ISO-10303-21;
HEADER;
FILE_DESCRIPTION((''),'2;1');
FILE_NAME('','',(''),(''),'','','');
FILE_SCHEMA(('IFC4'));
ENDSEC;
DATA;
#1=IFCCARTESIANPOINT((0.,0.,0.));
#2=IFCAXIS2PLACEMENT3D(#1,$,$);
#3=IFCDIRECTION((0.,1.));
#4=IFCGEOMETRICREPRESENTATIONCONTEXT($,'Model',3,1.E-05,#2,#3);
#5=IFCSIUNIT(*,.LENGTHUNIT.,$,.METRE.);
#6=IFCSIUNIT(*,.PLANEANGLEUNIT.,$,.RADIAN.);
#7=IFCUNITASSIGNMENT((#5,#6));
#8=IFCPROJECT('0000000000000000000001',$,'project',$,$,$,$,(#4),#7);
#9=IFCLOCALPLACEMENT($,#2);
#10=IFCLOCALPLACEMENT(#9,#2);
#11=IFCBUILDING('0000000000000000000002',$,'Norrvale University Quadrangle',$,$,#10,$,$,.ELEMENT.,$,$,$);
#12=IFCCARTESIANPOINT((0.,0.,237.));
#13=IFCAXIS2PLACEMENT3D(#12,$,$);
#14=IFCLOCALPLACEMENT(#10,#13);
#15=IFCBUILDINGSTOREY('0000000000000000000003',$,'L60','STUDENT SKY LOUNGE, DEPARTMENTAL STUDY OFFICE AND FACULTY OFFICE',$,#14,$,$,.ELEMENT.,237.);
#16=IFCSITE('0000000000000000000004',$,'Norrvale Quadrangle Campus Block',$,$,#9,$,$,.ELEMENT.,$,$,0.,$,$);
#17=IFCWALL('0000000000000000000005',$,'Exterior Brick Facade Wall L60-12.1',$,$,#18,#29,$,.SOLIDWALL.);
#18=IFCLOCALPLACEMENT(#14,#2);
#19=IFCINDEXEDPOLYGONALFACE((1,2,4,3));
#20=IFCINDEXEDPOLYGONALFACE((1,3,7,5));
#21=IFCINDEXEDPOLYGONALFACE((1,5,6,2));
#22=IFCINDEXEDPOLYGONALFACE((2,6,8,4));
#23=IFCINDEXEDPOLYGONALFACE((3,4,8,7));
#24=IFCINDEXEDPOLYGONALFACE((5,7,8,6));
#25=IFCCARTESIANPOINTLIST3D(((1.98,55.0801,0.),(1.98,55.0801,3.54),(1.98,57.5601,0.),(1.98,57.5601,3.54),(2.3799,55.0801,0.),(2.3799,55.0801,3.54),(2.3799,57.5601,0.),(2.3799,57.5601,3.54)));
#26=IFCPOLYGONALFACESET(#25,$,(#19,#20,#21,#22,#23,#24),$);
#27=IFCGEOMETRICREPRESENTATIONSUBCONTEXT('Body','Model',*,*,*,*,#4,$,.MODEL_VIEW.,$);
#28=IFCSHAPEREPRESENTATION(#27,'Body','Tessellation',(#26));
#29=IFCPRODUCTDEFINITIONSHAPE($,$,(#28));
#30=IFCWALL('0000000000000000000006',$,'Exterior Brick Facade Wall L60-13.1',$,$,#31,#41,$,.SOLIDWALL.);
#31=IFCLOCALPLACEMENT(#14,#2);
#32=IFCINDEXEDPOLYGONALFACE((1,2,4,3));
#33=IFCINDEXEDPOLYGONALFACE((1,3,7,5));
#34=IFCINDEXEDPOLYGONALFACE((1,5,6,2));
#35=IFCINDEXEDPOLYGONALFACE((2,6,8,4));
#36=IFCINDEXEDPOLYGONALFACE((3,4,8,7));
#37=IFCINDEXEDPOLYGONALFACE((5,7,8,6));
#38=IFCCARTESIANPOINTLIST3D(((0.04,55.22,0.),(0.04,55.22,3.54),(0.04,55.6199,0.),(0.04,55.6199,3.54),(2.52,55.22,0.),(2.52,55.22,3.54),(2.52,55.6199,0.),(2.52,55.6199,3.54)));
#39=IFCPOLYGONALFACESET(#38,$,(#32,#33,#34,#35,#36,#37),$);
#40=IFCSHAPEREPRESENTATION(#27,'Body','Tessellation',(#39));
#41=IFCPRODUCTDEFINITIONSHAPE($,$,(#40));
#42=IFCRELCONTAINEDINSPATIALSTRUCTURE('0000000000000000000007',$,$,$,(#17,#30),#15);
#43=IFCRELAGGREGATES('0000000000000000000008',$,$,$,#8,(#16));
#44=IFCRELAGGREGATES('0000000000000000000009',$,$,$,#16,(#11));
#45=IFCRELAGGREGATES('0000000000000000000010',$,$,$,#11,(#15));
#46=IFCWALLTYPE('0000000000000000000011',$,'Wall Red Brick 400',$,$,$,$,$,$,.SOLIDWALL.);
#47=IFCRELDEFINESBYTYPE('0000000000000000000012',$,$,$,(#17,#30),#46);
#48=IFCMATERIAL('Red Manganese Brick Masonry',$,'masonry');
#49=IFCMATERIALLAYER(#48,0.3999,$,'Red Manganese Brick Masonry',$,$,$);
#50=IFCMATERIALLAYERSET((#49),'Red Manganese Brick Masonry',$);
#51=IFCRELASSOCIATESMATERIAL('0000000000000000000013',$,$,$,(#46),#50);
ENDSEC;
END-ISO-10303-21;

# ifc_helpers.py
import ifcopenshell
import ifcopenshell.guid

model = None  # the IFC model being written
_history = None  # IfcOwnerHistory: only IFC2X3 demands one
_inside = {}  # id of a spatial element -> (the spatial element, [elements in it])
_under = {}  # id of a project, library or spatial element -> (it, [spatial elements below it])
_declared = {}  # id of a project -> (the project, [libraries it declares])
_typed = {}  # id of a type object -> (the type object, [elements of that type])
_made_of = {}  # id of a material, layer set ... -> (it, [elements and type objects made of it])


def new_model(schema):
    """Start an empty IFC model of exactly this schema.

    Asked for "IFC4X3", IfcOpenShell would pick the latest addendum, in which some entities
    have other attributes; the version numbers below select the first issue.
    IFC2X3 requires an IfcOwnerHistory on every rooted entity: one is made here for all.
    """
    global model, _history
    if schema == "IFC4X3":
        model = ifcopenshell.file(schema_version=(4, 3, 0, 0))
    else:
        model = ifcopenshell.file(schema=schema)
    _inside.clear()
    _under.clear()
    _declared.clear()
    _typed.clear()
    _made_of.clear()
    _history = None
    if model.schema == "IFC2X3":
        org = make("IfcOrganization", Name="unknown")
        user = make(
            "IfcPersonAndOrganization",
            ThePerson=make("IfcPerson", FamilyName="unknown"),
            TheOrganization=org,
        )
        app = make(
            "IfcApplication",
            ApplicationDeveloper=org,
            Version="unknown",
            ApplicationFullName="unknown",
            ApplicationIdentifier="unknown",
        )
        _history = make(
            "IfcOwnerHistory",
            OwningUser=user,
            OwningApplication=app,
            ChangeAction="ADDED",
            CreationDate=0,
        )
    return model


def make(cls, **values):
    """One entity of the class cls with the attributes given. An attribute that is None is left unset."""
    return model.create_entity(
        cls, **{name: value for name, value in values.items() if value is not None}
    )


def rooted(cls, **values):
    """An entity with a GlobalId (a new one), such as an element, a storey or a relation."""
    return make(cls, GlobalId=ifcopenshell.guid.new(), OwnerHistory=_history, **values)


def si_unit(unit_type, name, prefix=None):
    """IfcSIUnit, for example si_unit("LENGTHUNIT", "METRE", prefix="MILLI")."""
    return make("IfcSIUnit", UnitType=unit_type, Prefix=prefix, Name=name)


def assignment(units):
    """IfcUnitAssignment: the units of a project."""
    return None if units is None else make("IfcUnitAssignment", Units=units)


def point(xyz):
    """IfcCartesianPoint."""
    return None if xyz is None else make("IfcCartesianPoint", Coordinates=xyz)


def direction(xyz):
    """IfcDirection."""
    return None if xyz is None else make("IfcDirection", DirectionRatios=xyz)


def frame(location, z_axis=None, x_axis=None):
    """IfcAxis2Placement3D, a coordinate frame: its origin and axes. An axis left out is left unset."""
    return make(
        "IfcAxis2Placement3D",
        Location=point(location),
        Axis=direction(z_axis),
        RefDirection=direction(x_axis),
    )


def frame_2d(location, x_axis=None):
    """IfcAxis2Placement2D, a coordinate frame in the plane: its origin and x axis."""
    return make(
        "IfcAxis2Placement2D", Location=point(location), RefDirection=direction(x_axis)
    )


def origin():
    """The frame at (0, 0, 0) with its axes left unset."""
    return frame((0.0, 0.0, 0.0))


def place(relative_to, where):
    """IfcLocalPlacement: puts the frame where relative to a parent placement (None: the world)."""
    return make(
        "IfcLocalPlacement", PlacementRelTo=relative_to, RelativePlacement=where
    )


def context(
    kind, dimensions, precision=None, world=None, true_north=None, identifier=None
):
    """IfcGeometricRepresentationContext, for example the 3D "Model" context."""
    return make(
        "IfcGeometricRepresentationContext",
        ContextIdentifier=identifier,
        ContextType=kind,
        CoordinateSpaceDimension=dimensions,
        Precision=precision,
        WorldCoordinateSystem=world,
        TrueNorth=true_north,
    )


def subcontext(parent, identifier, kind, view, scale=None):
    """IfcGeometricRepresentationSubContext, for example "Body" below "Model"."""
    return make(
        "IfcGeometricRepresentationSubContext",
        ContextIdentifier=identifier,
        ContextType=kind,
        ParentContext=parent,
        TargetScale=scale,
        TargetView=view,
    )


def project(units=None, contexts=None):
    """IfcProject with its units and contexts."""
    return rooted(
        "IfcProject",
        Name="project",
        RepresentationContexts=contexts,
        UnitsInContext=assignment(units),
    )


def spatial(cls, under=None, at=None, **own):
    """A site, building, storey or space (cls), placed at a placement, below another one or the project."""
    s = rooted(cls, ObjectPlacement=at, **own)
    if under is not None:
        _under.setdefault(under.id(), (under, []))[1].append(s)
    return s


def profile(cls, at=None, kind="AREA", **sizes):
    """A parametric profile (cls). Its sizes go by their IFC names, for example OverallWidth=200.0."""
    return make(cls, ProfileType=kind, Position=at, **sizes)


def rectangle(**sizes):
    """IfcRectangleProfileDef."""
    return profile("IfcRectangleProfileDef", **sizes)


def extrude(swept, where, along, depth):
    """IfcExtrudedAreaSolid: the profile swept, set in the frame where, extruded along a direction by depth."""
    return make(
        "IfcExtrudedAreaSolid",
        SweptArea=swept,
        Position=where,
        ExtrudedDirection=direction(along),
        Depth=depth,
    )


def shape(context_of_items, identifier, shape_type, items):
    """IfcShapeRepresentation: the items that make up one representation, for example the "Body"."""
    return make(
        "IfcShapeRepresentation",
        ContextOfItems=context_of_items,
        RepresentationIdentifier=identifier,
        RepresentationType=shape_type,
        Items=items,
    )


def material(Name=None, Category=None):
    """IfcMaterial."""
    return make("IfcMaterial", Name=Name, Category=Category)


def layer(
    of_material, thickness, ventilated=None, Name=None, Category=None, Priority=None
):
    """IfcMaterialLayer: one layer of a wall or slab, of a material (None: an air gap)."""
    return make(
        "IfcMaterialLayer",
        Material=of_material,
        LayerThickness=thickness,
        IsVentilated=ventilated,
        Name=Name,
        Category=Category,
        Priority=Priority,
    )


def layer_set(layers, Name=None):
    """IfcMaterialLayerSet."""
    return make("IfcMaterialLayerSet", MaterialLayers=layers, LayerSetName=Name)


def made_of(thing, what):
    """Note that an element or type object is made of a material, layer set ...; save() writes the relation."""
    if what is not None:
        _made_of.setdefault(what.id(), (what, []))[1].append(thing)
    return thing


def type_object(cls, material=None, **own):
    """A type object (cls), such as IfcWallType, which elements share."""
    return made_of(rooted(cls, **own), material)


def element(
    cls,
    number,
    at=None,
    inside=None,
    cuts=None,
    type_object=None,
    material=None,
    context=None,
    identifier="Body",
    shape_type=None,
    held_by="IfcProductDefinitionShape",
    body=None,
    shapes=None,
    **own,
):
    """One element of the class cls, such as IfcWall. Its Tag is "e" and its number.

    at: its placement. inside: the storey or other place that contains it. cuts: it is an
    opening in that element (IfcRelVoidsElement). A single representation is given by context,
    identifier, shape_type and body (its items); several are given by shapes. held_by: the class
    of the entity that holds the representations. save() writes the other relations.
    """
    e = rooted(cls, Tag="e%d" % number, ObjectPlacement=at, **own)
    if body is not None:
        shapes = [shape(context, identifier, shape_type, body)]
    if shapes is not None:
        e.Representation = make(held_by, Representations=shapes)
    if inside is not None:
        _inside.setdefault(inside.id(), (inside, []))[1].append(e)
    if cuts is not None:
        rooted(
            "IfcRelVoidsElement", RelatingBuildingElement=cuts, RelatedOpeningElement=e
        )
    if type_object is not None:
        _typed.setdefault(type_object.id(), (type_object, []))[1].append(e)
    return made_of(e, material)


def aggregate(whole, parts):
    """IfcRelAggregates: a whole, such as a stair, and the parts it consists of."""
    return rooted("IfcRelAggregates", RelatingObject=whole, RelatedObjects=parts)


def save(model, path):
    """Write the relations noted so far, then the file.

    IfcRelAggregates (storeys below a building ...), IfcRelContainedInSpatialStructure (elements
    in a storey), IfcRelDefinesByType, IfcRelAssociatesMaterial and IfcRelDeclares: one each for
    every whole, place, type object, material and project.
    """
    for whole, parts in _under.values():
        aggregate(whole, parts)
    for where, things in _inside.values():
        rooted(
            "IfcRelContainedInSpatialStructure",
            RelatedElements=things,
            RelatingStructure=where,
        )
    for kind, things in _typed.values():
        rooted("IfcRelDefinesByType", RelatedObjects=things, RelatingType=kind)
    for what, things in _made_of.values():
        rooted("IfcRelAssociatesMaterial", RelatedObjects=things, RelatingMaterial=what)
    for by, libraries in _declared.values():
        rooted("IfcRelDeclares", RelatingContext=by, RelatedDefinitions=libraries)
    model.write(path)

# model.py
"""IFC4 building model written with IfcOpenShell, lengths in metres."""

from ifc_helpers import new_model, si_unit, direction, frame, frame_2d, origin, place, context, subcontext, project, spatial, rectangle, extrude, material, layer, layer_set, type_object, element, save


model = new_model("IFC4")

# Units and contexts
model_context = context("Model", 3, precision=1e-05, world=origin(), true_north=direction((0.0, 1.0)))
body_context = subcontext(model_context, "Body", "Model", "MODEL_VIEW")
ifc_project = project(units=[si_unit("LENGTHUNIT", "METRE"), si_unit("PLANEANGLEUNIT", "RADIAN")], contexts=[model_context])

# Site, building, storey
site_placement = place(None, origin())
site = spatial("IfcSite", under=ifc_project, at=site_placement, Name="Norrvale Quadrangle Campus Block", CompositionType="ELEMENT", RefElevation=0.0)
building_placement = place(site_placement, origin())
building = spatial("IfcBuilding", under=site, at=building_placement, Name="Norrvale University Quadrangle", CompositionType="ELEMENT")
storey_placement = place(building_placement, frame((0.0, 0.0, 237.0)))
storey = spatial("IfcBuildingStorey", under=building, at=storey_placement, Name="L60", Description="STUDENT SKY LOUNGE, DEPARTMENTAL STUDY OFFICE AND FACULTY OFFICE", CompositionType="ELEMENT", Elevation=237.0)

# Walls
ifc_material_1 = material(Name="Red Manganese Brick Masonry", Category="masonry")
ifc_layer_1 = layer(ifc_material_1, 0.3999, Name="Red Manganese Brick Masonry")
ifc_layer_set_1 = layer_set([ifc_layer_1], Name="Red Manganese Brick Masonry")
wall_type_1 = type_object("IfcWallType", Name="Wall Red Brick 400", PredefinedType="SOLIDWALL", material=ifc_layer_set_1)
for number, where, z_axis, x_axis, name in (
    (1, (2.1799, 57.5601, 0.0), (0.0, 0.0, 1.0), (0.0, -1.0, 0.0), "Exterior Brick Facade Wall L60-12.1"),
    (2, (2.52, 55.4199, 0.0), (0.0, 0.0, 1.0), (-1.0, 0.0, 0.0), "Exterior Brick Facade Wall L60-13.1"),
):
    element("IfcWall", number, at=place(storey_placement, frame(where, z_axis=z_axis, x_axis=x_axis)), inside=storey, type_object=wall_type_1, Name=name, PredefinedType="SOLIDWALL", context=body_context, shape_type="SweptSolid", body=[
        extrude(rectangle(XDim=2.48, YDim=0.3999, at=frame_2d((1.24, 0.0))), origin(), (0.0, 0.0, 1.0), 3.54),
    ])

save(model, "model.ifc")
